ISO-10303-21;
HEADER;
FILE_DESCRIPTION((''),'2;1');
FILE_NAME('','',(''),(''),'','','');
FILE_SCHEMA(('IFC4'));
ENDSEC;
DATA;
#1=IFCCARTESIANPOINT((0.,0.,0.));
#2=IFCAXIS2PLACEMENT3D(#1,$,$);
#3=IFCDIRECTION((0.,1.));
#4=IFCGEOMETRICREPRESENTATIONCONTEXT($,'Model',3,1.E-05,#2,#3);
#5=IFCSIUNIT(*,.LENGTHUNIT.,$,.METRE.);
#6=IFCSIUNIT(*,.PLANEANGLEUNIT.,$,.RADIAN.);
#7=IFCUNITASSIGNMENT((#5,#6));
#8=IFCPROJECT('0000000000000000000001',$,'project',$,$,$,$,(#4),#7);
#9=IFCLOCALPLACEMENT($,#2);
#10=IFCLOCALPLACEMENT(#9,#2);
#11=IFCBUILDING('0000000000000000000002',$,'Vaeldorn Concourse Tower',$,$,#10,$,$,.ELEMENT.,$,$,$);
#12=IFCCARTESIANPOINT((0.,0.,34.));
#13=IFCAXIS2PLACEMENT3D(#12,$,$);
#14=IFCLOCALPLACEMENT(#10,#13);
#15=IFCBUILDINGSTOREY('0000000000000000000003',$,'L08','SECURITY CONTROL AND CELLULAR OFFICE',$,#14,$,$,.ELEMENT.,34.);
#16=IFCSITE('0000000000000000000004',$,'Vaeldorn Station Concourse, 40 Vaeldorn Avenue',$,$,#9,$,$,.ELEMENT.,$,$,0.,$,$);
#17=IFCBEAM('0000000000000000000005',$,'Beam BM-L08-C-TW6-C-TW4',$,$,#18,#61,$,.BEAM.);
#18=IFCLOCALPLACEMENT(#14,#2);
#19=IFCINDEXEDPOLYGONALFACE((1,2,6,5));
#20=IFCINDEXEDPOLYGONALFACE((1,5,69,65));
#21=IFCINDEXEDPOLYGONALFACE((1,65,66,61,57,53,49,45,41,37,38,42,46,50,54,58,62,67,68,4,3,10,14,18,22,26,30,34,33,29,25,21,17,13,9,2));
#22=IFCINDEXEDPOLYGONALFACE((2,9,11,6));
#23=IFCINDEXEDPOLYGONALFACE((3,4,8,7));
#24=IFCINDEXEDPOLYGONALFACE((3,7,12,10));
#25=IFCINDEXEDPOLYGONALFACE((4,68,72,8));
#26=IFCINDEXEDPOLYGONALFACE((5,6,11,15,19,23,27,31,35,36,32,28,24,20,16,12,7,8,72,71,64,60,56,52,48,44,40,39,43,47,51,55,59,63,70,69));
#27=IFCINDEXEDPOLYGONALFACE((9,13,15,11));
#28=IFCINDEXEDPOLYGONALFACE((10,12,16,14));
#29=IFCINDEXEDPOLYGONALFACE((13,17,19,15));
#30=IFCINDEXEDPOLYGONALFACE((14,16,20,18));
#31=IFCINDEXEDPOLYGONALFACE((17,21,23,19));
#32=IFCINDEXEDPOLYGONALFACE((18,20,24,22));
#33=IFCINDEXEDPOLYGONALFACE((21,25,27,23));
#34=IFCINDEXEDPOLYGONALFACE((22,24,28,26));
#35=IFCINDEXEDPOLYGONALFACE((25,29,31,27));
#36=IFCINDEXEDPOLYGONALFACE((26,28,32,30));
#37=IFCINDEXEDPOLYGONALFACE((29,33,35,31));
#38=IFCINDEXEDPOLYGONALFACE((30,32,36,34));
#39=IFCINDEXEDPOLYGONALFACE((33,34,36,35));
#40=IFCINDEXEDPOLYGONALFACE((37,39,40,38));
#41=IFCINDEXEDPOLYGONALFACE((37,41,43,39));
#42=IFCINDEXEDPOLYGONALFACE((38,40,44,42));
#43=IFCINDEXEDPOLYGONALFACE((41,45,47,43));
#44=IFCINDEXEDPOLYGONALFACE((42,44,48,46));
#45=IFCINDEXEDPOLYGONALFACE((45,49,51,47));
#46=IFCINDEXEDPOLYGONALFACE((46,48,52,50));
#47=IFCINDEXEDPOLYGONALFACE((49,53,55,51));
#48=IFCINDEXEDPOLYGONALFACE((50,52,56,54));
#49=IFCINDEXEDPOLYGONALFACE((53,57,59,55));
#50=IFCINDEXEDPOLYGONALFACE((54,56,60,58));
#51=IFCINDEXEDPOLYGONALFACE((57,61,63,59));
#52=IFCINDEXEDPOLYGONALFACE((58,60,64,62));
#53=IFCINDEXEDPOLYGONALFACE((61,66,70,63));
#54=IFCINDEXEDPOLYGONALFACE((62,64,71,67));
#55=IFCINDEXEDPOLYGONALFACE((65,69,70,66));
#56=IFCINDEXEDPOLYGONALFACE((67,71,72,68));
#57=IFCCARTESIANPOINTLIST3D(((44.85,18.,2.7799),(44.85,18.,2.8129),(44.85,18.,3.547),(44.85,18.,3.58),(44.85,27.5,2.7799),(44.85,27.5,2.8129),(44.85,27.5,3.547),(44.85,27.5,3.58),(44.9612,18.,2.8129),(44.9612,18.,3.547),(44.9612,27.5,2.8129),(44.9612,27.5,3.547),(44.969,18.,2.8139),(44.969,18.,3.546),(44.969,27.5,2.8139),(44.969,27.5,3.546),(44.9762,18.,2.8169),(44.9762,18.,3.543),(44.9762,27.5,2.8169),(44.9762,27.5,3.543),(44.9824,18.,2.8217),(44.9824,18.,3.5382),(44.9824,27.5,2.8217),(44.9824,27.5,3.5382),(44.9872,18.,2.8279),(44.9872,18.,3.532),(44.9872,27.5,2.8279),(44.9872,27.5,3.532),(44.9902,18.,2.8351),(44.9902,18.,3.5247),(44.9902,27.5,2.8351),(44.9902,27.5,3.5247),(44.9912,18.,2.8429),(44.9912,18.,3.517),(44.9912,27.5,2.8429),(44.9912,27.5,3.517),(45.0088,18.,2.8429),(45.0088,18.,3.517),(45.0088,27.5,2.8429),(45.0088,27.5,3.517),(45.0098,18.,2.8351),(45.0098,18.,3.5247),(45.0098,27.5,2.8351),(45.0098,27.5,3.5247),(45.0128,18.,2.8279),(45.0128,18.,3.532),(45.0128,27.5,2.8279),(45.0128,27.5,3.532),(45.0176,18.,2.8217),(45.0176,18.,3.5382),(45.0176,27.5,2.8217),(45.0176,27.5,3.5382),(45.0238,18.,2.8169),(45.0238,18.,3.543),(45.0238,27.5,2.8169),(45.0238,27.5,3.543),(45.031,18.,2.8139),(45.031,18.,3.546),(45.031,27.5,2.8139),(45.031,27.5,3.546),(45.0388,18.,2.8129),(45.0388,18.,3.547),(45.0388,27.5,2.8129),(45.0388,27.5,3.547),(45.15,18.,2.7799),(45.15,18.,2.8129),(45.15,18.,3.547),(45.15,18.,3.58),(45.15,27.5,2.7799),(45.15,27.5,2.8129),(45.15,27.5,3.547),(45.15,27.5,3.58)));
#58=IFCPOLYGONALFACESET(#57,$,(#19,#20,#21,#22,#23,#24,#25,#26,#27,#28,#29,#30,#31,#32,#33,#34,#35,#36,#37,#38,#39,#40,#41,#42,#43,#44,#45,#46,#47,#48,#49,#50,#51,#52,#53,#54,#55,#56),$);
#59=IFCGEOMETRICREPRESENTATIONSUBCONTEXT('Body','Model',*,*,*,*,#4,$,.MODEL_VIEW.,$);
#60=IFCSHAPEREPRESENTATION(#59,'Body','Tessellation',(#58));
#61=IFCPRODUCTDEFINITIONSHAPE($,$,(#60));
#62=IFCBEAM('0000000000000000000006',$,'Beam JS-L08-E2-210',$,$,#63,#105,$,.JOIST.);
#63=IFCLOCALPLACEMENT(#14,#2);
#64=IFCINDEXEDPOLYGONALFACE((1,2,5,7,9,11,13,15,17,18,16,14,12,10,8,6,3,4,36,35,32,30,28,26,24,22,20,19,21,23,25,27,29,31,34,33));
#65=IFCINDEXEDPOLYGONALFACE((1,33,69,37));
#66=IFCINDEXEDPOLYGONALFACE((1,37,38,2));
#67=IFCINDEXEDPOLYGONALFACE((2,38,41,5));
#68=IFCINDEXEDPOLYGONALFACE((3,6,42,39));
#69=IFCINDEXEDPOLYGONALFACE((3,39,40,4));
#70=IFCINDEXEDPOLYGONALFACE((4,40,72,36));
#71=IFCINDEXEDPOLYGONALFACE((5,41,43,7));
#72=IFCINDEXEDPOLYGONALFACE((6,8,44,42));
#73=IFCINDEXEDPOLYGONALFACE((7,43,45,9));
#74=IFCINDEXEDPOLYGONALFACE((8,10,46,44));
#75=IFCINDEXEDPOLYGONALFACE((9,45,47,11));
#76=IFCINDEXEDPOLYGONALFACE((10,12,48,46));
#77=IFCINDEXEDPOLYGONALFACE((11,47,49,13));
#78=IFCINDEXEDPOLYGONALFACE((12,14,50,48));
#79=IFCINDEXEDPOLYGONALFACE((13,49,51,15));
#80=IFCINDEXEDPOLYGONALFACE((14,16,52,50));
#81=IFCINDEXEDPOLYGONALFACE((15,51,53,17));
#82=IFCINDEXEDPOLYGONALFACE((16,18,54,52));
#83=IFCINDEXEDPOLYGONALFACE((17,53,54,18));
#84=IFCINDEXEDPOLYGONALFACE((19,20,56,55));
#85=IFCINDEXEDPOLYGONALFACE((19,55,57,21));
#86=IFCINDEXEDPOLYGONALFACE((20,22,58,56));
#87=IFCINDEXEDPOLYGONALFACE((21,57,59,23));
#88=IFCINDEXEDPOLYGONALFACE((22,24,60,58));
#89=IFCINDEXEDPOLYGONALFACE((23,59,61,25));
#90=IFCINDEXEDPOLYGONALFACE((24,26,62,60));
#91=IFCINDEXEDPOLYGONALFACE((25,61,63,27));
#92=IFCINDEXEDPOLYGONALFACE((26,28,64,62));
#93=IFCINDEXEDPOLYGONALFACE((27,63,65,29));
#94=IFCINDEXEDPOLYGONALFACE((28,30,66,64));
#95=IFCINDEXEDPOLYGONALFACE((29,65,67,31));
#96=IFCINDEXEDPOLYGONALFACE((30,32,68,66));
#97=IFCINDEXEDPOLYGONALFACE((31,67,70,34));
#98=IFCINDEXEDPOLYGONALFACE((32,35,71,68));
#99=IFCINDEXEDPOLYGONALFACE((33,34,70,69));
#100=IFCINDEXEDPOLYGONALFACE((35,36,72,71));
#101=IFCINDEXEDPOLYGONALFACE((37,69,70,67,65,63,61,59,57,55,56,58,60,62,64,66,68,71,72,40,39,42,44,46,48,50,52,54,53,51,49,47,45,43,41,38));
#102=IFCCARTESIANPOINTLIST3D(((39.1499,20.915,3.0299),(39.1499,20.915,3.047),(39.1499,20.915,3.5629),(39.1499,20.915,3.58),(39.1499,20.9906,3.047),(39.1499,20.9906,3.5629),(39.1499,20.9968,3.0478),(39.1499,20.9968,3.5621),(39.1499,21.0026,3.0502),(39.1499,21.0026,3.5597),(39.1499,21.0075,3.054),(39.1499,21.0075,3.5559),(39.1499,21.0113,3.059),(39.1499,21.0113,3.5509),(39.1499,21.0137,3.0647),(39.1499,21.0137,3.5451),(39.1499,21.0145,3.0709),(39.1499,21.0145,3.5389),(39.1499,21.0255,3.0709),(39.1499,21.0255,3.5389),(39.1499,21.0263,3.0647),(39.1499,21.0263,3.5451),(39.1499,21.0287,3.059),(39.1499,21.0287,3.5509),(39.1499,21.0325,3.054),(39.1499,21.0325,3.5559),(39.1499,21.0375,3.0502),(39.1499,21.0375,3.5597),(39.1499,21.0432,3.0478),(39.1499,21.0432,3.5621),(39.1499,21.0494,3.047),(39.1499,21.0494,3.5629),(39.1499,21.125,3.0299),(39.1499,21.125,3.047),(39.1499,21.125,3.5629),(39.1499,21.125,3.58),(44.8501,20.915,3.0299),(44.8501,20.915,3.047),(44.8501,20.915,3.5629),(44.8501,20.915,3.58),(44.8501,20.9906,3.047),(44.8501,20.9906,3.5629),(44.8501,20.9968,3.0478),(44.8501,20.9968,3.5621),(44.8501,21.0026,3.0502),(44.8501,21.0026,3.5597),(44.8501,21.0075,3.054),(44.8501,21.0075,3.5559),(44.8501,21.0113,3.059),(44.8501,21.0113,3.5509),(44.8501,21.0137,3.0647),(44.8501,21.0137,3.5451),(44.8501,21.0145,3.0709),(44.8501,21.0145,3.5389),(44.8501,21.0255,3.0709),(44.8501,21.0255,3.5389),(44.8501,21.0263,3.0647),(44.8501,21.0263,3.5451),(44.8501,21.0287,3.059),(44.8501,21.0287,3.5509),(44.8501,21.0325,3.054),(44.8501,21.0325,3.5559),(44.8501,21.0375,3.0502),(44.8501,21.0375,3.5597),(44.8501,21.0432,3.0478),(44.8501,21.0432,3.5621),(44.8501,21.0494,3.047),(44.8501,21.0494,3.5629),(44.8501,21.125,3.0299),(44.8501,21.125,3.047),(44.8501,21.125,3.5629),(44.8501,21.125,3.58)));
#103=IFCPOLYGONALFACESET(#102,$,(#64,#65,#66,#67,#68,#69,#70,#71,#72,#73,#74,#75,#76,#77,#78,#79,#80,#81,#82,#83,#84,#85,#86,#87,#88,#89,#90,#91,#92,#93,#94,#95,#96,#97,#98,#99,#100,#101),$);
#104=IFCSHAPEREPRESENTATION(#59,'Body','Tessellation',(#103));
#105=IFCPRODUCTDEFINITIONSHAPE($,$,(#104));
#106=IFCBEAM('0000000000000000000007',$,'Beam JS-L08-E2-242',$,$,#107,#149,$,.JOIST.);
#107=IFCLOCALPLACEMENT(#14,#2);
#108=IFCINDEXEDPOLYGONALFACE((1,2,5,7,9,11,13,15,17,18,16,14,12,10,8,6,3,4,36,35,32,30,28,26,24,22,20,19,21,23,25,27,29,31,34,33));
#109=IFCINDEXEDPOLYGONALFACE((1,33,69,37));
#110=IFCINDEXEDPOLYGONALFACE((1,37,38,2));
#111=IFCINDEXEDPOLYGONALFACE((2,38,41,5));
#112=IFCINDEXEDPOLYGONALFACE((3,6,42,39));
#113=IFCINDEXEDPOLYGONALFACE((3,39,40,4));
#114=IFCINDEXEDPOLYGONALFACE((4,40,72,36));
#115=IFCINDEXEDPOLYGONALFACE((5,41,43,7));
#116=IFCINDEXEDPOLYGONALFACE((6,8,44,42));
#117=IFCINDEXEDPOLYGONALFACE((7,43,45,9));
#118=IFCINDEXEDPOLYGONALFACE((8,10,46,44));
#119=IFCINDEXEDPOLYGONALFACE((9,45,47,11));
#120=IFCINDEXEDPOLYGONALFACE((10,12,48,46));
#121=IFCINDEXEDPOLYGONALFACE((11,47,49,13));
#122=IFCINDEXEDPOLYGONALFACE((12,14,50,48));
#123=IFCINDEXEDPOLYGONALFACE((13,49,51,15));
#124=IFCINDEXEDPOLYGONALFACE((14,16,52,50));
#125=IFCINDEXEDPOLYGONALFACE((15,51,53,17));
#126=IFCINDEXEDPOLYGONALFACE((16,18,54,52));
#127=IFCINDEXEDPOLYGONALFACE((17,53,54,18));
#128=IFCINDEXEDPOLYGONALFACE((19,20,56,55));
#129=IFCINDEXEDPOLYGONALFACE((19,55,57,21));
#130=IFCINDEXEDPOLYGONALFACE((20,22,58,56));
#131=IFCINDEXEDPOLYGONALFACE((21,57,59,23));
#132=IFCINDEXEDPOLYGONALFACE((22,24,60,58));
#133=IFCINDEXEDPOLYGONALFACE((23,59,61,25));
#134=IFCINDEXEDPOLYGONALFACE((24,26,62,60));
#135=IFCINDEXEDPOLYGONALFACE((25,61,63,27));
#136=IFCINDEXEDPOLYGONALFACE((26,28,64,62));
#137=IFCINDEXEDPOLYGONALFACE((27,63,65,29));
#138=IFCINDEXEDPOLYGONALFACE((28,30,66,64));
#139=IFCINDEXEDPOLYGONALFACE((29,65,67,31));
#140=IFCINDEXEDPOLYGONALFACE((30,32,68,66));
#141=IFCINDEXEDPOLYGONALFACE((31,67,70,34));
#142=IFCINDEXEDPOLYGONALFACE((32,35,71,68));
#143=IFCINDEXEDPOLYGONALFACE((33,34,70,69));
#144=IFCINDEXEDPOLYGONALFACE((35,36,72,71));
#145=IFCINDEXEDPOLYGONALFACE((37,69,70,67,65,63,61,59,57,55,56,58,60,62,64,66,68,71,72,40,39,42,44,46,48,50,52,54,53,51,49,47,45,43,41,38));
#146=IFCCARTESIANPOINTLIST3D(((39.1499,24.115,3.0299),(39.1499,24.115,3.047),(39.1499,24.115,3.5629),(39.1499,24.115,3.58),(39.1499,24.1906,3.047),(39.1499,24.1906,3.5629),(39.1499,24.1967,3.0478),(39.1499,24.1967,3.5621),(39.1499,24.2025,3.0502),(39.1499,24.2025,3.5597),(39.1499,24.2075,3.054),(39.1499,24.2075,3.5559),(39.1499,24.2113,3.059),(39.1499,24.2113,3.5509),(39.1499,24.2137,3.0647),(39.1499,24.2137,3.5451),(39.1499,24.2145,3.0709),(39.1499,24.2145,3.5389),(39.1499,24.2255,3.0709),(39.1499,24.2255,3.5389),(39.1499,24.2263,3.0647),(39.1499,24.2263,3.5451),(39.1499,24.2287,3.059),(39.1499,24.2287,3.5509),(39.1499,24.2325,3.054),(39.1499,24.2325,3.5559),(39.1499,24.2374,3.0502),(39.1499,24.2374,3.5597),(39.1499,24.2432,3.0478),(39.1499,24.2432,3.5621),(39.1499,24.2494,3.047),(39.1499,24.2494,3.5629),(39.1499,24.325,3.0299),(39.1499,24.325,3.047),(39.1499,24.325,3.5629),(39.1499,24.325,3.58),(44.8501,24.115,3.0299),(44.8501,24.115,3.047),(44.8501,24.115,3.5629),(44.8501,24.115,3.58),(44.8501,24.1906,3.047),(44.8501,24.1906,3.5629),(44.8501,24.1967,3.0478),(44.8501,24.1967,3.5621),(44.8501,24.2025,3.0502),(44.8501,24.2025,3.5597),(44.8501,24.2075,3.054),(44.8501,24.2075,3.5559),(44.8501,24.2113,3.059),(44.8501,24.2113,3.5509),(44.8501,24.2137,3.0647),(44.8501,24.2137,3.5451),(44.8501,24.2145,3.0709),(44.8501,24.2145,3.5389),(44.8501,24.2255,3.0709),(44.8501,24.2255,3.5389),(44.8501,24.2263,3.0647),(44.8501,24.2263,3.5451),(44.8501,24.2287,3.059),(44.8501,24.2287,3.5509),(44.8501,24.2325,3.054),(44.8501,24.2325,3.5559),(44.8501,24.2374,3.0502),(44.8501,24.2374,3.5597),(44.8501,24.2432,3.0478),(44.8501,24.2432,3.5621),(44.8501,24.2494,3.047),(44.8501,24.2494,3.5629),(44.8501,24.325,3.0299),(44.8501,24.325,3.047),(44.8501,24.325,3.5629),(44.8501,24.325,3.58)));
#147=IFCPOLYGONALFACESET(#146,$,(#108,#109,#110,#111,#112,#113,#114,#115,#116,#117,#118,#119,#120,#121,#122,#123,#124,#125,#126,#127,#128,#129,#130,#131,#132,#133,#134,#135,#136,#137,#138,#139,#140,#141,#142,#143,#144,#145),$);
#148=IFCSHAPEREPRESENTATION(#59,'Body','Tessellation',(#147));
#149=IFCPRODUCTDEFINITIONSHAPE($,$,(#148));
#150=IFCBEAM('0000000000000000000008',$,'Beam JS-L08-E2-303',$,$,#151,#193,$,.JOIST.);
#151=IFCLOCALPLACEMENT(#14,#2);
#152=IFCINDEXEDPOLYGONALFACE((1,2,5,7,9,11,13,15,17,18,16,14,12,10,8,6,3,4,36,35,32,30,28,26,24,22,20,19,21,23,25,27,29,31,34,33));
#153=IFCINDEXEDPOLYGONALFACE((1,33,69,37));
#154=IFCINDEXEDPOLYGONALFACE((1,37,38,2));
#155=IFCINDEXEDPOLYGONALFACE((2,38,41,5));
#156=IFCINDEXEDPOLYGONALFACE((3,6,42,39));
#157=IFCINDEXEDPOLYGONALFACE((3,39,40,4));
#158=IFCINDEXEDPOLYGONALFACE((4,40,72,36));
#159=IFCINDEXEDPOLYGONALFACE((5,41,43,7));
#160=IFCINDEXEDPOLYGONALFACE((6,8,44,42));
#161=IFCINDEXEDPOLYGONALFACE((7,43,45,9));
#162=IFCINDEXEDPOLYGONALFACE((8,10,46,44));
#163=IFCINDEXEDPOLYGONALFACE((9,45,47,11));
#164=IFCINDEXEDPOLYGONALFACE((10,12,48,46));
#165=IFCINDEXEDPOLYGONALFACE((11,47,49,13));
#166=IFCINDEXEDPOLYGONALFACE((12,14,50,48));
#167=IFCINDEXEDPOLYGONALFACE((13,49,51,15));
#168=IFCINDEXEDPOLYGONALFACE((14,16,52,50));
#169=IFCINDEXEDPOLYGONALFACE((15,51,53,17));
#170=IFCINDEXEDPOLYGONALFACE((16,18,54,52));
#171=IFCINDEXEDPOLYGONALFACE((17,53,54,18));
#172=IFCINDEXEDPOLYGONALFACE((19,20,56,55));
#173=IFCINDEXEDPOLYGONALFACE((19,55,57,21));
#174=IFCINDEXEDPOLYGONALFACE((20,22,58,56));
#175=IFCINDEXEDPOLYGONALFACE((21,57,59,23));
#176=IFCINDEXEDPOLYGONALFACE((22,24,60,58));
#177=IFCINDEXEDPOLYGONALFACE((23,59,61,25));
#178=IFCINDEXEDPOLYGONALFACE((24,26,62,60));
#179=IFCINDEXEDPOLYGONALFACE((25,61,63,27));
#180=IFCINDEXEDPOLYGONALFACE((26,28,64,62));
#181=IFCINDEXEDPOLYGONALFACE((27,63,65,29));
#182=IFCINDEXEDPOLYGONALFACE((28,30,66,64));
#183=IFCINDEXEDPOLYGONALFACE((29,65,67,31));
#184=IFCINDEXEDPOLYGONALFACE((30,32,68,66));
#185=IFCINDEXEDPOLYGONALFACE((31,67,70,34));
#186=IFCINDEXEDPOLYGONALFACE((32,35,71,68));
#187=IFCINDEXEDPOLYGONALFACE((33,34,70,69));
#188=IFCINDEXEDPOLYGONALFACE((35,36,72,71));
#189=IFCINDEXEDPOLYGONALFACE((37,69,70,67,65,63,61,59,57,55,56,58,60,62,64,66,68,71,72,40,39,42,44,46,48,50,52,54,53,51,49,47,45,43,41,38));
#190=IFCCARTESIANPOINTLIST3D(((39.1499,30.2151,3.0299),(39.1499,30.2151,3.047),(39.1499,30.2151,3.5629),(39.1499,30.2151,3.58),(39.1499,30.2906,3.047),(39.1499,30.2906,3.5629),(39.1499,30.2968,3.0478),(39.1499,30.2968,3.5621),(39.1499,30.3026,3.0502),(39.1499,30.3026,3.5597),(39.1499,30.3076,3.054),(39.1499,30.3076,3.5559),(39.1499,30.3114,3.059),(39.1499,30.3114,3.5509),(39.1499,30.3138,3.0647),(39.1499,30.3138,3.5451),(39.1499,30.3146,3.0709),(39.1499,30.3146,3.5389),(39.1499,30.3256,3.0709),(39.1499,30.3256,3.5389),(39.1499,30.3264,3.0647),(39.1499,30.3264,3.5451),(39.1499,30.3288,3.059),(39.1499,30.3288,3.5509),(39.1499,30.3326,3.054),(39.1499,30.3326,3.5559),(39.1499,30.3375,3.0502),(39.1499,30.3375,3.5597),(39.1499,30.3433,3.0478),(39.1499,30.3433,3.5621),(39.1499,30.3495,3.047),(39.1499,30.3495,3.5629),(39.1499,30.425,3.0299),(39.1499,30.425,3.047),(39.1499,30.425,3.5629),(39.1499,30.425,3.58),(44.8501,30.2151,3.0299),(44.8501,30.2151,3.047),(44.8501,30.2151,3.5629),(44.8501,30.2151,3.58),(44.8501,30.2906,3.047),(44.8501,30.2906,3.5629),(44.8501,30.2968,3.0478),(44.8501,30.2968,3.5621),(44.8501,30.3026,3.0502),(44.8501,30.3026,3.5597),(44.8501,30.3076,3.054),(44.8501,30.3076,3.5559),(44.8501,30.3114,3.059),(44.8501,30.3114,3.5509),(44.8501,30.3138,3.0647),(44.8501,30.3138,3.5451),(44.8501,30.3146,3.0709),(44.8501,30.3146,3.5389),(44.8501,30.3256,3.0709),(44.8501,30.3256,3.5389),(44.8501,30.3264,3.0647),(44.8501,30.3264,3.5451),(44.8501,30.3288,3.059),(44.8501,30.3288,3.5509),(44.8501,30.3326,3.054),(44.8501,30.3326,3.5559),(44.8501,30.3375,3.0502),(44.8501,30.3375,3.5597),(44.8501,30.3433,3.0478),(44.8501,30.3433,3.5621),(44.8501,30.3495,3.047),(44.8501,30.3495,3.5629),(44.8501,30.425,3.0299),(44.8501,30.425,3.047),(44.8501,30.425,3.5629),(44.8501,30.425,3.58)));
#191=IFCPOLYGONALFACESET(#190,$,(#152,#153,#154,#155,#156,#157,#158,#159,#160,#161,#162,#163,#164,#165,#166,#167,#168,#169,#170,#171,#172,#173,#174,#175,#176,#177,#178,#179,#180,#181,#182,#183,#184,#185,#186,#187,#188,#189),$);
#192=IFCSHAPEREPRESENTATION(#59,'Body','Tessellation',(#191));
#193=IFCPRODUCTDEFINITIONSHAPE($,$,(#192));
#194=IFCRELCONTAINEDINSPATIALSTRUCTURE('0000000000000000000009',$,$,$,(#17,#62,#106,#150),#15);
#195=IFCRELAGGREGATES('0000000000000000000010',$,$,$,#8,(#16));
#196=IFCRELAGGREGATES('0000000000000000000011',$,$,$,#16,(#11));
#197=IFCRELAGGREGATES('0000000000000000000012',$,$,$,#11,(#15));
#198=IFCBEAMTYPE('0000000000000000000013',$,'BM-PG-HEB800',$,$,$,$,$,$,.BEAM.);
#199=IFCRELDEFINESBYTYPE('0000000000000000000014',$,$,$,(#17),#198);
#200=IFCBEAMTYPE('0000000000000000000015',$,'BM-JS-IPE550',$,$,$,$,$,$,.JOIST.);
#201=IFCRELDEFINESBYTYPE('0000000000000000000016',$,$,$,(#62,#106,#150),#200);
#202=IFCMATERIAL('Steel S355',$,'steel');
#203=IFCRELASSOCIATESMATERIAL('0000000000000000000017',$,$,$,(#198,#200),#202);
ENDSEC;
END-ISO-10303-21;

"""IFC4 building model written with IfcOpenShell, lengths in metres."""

from ifc_helpers import new_model, si_unit, direction, frame, origin, origin_2d, place, context, subcontext, project, spatial, i_section, extrude, source, transform, mapped, material, material_profile, profile_set, type_object, element, save


model = new_model("IFC4")

# Units and contexts
model_context = context("Model", 3, precision=1e-05, world=origin(), true_north=direction((0.0, 1.0)))
body_context = subcontext(model_context, "Body", "Model", "MODEL_VIEW")
ifc_project = project(units=[si_unit("LENGTHUNIT", "METRE"), si_unit("PLANEANGLEUNIT", "RADIAN")], contexts=[model_context])

# Site, building, storey
site_placement = place(None, origin())
site = spatial("IfcSite", under=ifc_project, at=site_placement, Name="Vaeldorn Station Concourse, 40 Vaeldorn Avenue", CompositionType="ELEMENT", RefElevation=0.0)
building_placement = place(site_placement, origin())
building = spatial("IfcBuilding", under=site, at=building_placement, Name="Vaeldorn Concourse Tower", CompositionType="ELEMENT")
storey_placement = place(building_placement, frame((0.0, 0.0, 34.0)))
storey = spatial("IfcBuildingStorey", under=building, at=storey_placement, Name="L08", Description="SECURITY CONTROL AND CELLULAR OFFICE", CompositionType="ELEMENT", Elevation=34.0)

# Beams
ifc_material_1 = material(Name="Steel S355", Category="steel")
ifc_material_profile_1 = material_profile(ifc_material_1, i_section(OverallWidth=0.3, OverallDepth=0.8, WebThickness=0.0176, FlangeThickness=0.033, FilletRadius=0.03, at=origin_2d()), Name="HEB 800")
ifc_profile_set_1 = profile_set([ifc_material_profile_1], Name="Steel S355")
beam_type_1 = type_object("IfcBeamType", Name="BM-PG-HEB800", PredefinedType="BEAM", material=ifc_profile_set_1)
shared_shape_1 = source(origin(), body_context, "Body", "SweptSolid", [
    extrude(i_section(OverallWidth=0.3, OverallDepth=0.8, WebThickness=0.0176, FlangeThickness=0.033, FilletRadius=0.03, at=origin_2d()), origin(), (0.0, 0.0, 1.0), 9.5),
])
beam_1_placement = place(storey_placement, frame((45.0, 18.0, 3.1799), z_axis=(0.0, 1.0, 0.0), x_axis=(-1.0, 0.0, 0.0)))
element("IfcBeam", 1, at=beam_1_placement, inside=storey, type_object=beam_type_1, Name="Beam BM-L08-C-TW6-C-TW4", PredefinedType="BEAM", context=body_context, shape_type="MappedRepresentation", body=[
    mapped(shared_shape_1, transform((0.0, 0.0, 0.0), scale=1.0)),
])
ifc_material_profile_2 = material_profile(ifc_material_1, i_section(OverallWidth=0.21, OverallDepth=0.55, WebThickness=0.011, FlangeThickness=0.0171, FilletRadius=0.0239, at=origin_2d()), Name="IPE 550")
ifc_profile_set_2 = profile_set([ifc_material_profile_2], Name="Steel S355")
beam_type_2 = type_object("IfcBeamType", Name="BM-JS-IPE550", PredefinedType="JOIST", material=ifc_profile_set_2)
shared_shape_2 = source(origin(), body_context, "Body", "SweptSolid", [
    extrude(i_section(OverallWidth=0.21, OverallDepth=0.55, WebThickness=0.011, FlangeThickness=0.0171, FilletRadius=0.0239, at=origin_2d()), origin(), (0.0, 0.0, 1.0), 5.7002),
])
for number, where, z_axis, x_axis, name in (
    (2, (39.1499, 21.02, 3.3049), (1.0, 0.0, 0.0), (0.0, 1.0, 0.0), "Beam JS-L08-E2-210"),
    (3, (39.1499, 24.22, 3.3049), (1.0, 0.0, 0.0), (0.0, 1.0, 0.0), "Beam JS-L08-E2-242"),
    (4, (39.1499, 30.3201, 3.3049), (1.0, 0.0, 0.0), (0.0, 1.0, 0.0), "Beam JS-L08-E2-303"),
):
    element("IfcBeam", number, at=place(storey_placement, frame(where, z_axis=z_axis, x_axis=x_axis)), inside=storey, type_object=beam_type_2, Name=name, PredefinedType="JOIST", context=body_context, shape_type="MappedRepresentation", body=[
        mapped(shared_shape_2, transform((0.0, 0.0, 0.0), scale=1.0)),
    ])

save(model, "model.ifc")
